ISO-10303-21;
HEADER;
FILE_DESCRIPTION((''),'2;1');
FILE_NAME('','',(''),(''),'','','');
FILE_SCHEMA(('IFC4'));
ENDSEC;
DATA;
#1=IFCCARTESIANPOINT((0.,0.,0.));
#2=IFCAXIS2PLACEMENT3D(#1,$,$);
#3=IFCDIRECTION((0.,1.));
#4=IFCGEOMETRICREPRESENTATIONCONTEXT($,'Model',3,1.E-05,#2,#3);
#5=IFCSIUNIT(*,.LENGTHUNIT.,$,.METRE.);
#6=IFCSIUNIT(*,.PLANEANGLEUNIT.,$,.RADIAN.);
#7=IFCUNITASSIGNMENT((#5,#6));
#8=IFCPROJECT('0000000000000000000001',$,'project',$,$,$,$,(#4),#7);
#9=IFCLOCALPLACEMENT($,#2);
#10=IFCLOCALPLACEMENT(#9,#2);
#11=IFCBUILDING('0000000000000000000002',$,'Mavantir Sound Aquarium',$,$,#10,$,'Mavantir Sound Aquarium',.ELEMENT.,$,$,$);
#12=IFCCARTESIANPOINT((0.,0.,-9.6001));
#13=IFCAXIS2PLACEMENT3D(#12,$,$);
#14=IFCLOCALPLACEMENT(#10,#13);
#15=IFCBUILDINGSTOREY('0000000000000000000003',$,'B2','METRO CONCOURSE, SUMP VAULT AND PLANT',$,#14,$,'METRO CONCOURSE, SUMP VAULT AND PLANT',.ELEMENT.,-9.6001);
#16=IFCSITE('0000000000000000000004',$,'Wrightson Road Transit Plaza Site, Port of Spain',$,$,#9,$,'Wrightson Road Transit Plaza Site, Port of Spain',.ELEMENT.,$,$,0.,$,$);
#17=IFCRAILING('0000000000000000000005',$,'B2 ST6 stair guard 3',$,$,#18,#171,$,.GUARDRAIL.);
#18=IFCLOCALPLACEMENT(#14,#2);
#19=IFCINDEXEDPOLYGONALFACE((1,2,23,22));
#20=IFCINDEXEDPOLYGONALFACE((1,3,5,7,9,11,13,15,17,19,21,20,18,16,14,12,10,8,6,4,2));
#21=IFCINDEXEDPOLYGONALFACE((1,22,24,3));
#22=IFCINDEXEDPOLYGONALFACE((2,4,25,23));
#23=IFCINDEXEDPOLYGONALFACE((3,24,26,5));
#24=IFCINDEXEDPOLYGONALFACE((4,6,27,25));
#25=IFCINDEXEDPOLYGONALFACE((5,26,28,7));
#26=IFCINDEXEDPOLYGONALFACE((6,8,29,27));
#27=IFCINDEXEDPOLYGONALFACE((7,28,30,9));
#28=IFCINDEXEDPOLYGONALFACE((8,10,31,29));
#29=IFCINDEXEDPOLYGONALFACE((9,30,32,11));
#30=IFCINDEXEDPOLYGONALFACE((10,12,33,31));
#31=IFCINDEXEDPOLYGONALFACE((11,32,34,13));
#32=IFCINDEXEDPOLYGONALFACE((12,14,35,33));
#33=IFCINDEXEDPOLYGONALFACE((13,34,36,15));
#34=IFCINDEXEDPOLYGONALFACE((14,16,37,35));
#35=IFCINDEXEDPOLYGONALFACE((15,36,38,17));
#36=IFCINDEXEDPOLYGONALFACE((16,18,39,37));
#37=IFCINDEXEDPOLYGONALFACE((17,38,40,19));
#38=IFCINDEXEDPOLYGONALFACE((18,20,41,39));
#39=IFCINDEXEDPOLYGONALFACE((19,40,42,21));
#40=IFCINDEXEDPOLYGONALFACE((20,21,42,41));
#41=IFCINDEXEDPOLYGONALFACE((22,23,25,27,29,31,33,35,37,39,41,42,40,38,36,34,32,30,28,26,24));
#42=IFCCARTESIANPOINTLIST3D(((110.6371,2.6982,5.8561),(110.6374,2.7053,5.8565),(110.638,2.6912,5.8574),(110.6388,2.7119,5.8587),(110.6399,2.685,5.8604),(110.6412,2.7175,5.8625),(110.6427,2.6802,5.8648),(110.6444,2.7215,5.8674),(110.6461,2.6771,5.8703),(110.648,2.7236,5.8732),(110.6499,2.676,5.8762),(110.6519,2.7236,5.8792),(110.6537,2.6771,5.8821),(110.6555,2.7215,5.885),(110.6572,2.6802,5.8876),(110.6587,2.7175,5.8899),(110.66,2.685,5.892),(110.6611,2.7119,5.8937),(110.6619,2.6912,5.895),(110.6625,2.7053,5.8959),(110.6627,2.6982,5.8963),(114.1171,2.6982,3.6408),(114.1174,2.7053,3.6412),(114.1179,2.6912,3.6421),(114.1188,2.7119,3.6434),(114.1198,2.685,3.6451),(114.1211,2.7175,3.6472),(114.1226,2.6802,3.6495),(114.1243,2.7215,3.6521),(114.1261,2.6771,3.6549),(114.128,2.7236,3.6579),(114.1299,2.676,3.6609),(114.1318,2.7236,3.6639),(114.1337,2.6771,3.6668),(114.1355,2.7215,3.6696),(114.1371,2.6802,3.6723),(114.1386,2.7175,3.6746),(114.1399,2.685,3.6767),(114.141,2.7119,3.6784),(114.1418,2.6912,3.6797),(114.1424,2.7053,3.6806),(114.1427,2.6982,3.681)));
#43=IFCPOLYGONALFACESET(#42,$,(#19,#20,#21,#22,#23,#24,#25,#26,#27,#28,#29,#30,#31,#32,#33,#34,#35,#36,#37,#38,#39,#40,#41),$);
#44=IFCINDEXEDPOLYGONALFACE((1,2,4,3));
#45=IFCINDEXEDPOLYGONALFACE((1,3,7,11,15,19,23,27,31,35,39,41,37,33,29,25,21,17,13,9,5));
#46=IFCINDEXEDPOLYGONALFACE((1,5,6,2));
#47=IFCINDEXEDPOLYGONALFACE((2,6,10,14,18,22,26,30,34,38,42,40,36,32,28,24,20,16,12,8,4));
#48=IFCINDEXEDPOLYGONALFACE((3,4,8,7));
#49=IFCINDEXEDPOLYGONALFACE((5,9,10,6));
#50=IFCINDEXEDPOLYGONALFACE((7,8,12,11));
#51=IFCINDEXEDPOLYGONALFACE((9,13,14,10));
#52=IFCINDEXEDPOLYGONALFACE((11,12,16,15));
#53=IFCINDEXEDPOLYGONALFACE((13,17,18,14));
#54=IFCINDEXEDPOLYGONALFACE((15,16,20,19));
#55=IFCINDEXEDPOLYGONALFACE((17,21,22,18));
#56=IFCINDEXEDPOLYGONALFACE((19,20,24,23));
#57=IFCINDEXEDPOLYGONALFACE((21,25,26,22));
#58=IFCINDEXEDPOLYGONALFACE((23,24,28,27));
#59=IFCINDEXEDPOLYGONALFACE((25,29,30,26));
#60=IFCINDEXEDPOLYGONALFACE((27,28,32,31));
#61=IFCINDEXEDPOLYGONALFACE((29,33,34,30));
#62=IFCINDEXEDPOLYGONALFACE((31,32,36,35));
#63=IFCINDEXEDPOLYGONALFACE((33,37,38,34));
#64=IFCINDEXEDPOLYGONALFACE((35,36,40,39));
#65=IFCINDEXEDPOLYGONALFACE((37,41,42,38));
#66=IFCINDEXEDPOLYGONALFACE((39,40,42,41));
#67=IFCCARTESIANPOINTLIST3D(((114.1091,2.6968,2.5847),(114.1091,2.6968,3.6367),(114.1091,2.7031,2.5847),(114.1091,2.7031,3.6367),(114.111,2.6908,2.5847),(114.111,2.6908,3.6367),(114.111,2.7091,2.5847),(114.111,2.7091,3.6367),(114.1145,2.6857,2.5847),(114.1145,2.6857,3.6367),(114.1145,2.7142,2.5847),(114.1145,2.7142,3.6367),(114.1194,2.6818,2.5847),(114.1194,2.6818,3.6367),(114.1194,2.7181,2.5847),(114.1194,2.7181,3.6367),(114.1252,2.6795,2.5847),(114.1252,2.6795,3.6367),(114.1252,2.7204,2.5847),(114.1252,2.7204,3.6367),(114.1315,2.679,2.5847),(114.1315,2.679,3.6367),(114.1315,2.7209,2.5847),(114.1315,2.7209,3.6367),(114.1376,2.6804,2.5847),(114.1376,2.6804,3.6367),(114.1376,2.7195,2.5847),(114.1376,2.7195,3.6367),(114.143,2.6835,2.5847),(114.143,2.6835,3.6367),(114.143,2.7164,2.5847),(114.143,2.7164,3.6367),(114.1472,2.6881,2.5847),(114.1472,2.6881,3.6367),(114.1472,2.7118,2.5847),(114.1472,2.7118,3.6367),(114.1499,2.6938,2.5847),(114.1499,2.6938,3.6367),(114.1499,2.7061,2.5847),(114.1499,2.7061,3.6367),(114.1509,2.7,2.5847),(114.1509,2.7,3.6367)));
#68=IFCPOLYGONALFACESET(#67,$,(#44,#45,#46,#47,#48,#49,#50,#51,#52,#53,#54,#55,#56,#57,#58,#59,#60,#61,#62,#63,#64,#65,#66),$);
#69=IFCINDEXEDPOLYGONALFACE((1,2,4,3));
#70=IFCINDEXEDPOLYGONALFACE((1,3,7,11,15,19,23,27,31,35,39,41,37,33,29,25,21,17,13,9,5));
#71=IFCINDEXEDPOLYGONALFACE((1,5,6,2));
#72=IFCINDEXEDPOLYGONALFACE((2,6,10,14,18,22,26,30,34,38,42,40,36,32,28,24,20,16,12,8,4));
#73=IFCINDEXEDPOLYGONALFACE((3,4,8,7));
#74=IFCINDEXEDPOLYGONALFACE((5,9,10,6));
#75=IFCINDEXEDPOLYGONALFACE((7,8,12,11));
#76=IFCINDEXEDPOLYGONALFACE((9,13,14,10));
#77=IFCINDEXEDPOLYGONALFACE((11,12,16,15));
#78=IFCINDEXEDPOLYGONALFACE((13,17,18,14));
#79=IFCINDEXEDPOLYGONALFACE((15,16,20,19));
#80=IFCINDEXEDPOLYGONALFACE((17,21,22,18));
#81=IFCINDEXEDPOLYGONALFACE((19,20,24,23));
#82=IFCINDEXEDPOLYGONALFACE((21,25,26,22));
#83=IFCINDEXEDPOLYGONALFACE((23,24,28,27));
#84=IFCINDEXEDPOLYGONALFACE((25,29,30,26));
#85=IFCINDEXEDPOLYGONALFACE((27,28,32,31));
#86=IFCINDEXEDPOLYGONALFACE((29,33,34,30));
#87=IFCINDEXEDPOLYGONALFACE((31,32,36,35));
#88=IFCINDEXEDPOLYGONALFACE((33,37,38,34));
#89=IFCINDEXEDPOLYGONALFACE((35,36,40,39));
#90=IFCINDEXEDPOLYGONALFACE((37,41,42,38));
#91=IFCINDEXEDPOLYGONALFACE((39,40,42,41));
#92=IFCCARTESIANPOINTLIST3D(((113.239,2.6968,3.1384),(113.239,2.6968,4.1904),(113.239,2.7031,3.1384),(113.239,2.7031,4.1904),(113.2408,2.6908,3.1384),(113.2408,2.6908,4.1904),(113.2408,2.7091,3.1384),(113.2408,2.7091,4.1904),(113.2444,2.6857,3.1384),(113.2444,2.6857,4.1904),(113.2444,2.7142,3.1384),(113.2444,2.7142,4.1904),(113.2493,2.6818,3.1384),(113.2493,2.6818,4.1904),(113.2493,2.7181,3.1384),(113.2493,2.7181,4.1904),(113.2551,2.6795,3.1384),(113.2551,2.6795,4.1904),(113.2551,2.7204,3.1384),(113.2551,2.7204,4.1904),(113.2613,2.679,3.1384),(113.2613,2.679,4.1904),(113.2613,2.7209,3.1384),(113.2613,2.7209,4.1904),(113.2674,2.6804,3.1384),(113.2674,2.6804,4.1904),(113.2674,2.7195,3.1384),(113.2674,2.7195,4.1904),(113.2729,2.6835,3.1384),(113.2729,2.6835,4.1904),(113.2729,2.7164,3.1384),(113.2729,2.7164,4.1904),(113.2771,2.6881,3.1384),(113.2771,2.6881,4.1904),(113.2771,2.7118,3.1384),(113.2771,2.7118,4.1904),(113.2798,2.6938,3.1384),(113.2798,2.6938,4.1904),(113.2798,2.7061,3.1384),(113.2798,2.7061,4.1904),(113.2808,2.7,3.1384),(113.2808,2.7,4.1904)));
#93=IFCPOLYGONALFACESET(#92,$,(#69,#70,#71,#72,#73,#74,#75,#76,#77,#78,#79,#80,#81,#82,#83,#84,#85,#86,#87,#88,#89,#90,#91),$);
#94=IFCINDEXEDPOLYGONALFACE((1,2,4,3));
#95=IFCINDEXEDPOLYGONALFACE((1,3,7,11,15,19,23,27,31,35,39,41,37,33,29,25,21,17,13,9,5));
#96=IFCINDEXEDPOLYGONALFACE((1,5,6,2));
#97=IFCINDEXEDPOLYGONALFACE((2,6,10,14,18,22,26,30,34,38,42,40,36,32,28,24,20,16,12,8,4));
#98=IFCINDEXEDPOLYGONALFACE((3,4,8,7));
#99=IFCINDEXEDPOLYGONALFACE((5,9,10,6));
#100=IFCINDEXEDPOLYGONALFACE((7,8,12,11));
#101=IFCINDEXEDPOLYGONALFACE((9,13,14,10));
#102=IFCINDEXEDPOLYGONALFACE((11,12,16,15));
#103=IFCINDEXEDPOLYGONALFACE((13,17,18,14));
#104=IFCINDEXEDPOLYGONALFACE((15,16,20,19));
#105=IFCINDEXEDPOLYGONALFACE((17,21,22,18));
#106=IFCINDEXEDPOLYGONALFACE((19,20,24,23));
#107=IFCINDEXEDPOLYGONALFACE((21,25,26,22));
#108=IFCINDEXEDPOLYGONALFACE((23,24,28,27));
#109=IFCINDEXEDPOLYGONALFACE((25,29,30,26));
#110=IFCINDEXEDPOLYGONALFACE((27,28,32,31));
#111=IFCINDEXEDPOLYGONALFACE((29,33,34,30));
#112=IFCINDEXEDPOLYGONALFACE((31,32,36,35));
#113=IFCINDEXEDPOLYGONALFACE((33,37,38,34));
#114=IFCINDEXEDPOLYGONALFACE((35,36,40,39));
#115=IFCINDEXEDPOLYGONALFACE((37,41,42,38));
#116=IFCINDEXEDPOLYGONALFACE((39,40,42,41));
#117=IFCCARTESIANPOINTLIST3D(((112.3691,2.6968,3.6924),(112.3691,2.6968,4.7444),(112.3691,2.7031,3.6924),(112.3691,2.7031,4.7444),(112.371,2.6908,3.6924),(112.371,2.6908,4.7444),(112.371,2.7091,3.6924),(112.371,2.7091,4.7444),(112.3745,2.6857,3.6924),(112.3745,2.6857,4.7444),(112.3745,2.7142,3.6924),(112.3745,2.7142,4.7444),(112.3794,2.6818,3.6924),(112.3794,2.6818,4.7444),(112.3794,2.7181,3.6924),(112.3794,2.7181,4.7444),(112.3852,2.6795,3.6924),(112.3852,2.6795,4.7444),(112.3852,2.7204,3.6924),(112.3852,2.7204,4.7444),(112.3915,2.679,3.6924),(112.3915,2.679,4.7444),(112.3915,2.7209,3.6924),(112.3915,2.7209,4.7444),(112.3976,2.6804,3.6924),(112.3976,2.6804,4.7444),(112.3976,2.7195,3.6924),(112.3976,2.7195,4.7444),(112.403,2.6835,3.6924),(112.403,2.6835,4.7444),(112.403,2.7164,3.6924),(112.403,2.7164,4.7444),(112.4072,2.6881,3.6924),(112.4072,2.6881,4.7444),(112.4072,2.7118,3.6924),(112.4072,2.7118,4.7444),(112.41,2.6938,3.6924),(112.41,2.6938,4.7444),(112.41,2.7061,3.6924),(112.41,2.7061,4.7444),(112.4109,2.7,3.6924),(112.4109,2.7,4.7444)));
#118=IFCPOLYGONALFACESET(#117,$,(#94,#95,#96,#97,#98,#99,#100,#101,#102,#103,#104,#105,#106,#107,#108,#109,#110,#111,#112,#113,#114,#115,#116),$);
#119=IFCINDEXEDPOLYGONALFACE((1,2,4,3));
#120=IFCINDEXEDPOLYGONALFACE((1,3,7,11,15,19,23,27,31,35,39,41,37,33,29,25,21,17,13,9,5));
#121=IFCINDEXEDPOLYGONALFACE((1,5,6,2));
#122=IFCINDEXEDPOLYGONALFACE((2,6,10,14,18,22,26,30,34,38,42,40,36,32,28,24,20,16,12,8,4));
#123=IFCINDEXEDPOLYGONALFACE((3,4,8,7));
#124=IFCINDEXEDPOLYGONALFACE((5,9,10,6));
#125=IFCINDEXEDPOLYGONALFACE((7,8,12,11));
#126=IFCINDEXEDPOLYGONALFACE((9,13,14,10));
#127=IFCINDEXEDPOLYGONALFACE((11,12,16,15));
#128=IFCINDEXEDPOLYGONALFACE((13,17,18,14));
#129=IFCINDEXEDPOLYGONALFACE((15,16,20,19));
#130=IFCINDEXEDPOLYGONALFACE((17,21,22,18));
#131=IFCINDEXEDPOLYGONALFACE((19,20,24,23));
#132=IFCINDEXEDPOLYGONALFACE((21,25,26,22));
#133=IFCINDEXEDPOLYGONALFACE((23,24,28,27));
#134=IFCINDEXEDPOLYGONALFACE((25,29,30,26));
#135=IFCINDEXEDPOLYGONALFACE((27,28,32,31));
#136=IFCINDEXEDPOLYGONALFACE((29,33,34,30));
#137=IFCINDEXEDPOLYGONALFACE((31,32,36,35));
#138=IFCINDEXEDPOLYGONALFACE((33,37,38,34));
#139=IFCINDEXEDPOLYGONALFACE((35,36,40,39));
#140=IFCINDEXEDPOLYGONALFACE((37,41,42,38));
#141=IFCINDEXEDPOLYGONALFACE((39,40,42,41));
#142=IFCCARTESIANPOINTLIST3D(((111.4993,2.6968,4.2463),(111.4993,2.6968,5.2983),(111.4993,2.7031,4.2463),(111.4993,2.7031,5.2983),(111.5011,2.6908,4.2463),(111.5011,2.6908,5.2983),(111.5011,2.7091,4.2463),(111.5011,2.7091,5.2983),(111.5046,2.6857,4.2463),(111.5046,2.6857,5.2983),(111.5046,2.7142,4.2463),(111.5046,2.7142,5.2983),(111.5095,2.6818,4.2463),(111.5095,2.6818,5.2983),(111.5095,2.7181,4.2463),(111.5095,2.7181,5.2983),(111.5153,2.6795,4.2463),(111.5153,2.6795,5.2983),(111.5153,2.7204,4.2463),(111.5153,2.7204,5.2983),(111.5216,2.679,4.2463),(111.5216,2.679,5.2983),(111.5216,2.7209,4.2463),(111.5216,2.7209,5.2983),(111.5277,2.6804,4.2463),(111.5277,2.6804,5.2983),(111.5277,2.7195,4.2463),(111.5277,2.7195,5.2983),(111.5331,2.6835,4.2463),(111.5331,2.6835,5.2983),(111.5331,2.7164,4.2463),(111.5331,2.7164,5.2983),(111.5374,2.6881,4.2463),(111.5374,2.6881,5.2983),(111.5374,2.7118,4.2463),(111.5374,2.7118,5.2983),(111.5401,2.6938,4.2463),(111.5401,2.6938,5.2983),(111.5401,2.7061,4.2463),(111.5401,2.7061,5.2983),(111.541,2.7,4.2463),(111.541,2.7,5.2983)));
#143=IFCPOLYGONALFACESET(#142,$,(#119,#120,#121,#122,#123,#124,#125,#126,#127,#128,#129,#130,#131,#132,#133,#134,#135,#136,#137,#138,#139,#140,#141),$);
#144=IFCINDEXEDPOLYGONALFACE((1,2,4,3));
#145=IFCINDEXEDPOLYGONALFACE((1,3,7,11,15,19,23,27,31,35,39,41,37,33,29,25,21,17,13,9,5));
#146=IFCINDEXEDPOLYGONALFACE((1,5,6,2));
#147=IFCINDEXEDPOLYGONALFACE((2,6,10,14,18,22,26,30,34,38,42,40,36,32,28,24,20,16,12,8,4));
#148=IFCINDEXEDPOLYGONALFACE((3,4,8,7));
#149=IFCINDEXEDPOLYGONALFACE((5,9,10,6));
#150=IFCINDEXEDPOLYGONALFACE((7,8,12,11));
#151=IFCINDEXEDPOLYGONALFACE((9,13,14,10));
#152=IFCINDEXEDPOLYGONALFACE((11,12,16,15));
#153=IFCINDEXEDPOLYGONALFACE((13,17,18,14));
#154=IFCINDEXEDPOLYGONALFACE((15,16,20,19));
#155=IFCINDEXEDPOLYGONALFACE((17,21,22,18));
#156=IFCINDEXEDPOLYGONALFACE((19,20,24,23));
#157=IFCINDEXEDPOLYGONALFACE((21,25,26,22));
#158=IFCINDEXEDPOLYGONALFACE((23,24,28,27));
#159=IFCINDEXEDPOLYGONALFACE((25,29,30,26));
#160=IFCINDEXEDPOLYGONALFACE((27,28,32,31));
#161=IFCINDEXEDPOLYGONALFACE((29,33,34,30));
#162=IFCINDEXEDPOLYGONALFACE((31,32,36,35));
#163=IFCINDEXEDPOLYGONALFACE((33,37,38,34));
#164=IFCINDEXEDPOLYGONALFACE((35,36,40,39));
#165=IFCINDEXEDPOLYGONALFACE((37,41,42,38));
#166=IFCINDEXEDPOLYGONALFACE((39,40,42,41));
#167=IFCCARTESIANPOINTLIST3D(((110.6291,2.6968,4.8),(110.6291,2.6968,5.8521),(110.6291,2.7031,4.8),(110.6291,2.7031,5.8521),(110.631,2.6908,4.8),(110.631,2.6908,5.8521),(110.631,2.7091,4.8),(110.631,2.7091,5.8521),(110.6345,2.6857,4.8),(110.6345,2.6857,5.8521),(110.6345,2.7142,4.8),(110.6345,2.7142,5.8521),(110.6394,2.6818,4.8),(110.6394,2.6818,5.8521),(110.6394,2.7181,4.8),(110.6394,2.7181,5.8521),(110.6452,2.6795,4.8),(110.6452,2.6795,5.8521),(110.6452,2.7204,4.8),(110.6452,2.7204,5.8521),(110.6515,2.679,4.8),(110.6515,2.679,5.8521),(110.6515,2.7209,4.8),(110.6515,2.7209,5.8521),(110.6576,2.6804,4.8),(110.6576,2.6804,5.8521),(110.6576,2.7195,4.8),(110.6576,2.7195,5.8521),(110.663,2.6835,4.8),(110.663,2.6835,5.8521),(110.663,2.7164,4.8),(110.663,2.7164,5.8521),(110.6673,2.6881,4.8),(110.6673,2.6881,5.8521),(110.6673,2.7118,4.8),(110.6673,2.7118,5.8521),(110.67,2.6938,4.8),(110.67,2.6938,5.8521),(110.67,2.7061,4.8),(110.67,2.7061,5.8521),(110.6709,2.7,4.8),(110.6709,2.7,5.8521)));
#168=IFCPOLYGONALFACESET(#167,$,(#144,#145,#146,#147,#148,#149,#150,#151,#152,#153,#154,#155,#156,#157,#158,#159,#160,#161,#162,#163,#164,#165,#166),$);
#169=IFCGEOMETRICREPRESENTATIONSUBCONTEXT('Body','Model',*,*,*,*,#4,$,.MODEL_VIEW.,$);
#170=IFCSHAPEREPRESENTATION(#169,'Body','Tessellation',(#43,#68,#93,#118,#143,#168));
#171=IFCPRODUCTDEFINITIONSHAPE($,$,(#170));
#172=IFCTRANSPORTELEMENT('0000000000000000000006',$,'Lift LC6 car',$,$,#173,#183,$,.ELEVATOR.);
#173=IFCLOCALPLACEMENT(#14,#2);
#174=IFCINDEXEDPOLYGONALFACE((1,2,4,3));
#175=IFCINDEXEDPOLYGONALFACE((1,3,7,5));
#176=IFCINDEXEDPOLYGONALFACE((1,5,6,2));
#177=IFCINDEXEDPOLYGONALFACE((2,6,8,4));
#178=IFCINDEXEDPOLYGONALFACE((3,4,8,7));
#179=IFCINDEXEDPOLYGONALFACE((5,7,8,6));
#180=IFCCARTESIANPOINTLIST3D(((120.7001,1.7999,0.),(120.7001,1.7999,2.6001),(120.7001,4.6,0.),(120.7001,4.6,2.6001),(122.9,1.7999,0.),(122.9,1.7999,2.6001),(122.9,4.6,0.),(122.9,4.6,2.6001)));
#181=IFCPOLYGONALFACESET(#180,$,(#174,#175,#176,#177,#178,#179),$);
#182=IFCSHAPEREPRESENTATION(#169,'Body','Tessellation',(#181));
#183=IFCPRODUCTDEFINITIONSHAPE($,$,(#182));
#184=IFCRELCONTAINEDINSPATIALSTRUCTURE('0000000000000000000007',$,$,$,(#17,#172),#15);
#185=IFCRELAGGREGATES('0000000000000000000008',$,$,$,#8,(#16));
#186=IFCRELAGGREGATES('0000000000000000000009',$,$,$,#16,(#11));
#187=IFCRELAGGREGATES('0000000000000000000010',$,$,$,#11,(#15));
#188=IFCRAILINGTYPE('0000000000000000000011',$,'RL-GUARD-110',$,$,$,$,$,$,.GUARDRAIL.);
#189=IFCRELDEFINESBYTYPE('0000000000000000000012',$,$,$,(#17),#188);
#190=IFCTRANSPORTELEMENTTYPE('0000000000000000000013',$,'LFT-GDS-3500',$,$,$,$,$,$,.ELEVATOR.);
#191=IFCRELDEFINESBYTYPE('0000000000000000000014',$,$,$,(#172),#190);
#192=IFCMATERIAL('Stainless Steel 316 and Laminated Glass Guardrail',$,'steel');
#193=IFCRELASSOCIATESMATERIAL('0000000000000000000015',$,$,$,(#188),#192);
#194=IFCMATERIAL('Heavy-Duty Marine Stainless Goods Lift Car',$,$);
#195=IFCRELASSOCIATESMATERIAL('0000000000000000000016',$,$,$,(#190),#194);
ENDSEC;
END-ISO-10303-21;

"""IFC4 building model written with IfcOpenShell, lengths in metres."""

from ifc_helpers import new_model, si_unit, direction, frame, origin, origin_2d, place, context, subcontext, project, spatial, rectangle, circle, extrude, material, type_object, element, save


model = new_model("IFC4")

# Units and contexts
model_context = context("Model", 3, precision=1e-05, world=origin(), true_north=direction((0.0, 1.0)))
body_context = subcontext(model_context, "Body", "Model", "MODEL_VIEW")
ifc_project = project(units=[si_unit("LENGTHUNIT", "METRE"), si_unit("PLANEANGLEUNIT", "RADIAN")], contexts=[model_context])

# Site, building, storey
site_placement = place(None, origin())
site = spatial("IfcSite", under=ifc_project, at=site_placement, Name="Wrightson Road Transit Plaza Site, Port of Spain", LongName="Wrightson Road Transit Plaza Site, Port of Spain", CompositionType="ELEMENT", RefElevation=0.0)
building_placement = place(site_placement, origin())
building = spatial("IfcBuilding", under=site, at=building_placement, Name="Mavantir Sound Aquarium", LongName="Mavantir Sound Aquarium", CompositionType="ELEMENT")
storey_placement = place(building_placement, frame((0.0, 0.0, -9.6001)))
storey = spatial("IfcBuildingStorey", under=building, at=storey_placement, Name="B2", Description="METRO CONCOURSE, SUMP VAULT AND PLANT", LongName="METRO CONCOURSE, SUMP VAULT AND PLANT", CompositionType="ELEMENT", Elevation=-9.6001)

# Railing
ifc_material_1 = material(Name="Stainless Steel 316 and Laminated Glass Guardrail", Category="steel")
railing_type = type_object("IfcRailingType", Name="RL-GUARD-110", PredefinedType="GUARDRAIL", material=ifc_material_1)
railing_1_placement = place(storey_placement, frame((114.1299, 2.7, 2.5847)))
element("IfcRailing", 1, at=railing_1_placement, inside=storey, type_object=railing_type, Name="B2 ST6 stair guard 3", PredefinedType="GUARDRAIL", context=body_context, shape_type="SweptSolid", body=[
    extrude(circle(Radius=0.0239, at=origin_2d()), frame((0.0, 0.0, 1.0762), z_axis=(-0.843574, 0.0, 0.537013), x_axis=(0.0, -1.0, 0.0)), (0.0, 0.0, 1.0), 4.1252),
    extrude(circle(Radius=0.021, at=origin_2d()), origin(), (0.0, 0.0, 1.0), 1.052),
    extrude(circle(Radius=0.021, at=origin_2d()), frame((-0.8701, 0.0, 0.5537)), (0.0, 0.0, 1.0), 1.052),
    extrude(circle(Radius=0.021, at=origin_2d()), frame((-1.74, 0.0, 1.1077)), (0.0, 0.0, 1.0), 1.052),
    extrude(circle(Radius=0.021, at=origin_2d()), frame((-2.6099, 0.0, 1.6616)), (0.0, 0.0, 1.0), 1.052),
    extrude(circle(Radius=0.021, at=origin_2d()), frame((-3.48, 0.0, 2.2153)), (0.0, 0.0, 1.0), 1.052),
])

# Transport element
ifc_material_2 = material(Name="Heavy-Duty Marine Stainless Goods Lift Car")
transport_element_type = type_object("IfcTransportElementType", Name="LFT-GDS-3500", PredefinedType="ELEVATOR", material=ifc_material_2)
transport_element_placement = place(storey_placement, frame((121.8, 3.2, 0.0), z_axis=(0.0, 0.0, 1.0), x_axis=(1.0, 0.0, 0.0)))
element("IfcTransportElement", 2, at=transport_element_placement, inside=storey, type_object=transport_element_type, Name="Lift LC6 car", PredefinedType="ELEVATOR", context=body_context, shape_type="SweptSolid", body=[
    extrude(rectangle(XDim=2.2, YDim=2.8, at=origin_2d()), origin(), (0.0, 0.0, 1.0), 2.6001),
])

save(model, "model.ifc")
